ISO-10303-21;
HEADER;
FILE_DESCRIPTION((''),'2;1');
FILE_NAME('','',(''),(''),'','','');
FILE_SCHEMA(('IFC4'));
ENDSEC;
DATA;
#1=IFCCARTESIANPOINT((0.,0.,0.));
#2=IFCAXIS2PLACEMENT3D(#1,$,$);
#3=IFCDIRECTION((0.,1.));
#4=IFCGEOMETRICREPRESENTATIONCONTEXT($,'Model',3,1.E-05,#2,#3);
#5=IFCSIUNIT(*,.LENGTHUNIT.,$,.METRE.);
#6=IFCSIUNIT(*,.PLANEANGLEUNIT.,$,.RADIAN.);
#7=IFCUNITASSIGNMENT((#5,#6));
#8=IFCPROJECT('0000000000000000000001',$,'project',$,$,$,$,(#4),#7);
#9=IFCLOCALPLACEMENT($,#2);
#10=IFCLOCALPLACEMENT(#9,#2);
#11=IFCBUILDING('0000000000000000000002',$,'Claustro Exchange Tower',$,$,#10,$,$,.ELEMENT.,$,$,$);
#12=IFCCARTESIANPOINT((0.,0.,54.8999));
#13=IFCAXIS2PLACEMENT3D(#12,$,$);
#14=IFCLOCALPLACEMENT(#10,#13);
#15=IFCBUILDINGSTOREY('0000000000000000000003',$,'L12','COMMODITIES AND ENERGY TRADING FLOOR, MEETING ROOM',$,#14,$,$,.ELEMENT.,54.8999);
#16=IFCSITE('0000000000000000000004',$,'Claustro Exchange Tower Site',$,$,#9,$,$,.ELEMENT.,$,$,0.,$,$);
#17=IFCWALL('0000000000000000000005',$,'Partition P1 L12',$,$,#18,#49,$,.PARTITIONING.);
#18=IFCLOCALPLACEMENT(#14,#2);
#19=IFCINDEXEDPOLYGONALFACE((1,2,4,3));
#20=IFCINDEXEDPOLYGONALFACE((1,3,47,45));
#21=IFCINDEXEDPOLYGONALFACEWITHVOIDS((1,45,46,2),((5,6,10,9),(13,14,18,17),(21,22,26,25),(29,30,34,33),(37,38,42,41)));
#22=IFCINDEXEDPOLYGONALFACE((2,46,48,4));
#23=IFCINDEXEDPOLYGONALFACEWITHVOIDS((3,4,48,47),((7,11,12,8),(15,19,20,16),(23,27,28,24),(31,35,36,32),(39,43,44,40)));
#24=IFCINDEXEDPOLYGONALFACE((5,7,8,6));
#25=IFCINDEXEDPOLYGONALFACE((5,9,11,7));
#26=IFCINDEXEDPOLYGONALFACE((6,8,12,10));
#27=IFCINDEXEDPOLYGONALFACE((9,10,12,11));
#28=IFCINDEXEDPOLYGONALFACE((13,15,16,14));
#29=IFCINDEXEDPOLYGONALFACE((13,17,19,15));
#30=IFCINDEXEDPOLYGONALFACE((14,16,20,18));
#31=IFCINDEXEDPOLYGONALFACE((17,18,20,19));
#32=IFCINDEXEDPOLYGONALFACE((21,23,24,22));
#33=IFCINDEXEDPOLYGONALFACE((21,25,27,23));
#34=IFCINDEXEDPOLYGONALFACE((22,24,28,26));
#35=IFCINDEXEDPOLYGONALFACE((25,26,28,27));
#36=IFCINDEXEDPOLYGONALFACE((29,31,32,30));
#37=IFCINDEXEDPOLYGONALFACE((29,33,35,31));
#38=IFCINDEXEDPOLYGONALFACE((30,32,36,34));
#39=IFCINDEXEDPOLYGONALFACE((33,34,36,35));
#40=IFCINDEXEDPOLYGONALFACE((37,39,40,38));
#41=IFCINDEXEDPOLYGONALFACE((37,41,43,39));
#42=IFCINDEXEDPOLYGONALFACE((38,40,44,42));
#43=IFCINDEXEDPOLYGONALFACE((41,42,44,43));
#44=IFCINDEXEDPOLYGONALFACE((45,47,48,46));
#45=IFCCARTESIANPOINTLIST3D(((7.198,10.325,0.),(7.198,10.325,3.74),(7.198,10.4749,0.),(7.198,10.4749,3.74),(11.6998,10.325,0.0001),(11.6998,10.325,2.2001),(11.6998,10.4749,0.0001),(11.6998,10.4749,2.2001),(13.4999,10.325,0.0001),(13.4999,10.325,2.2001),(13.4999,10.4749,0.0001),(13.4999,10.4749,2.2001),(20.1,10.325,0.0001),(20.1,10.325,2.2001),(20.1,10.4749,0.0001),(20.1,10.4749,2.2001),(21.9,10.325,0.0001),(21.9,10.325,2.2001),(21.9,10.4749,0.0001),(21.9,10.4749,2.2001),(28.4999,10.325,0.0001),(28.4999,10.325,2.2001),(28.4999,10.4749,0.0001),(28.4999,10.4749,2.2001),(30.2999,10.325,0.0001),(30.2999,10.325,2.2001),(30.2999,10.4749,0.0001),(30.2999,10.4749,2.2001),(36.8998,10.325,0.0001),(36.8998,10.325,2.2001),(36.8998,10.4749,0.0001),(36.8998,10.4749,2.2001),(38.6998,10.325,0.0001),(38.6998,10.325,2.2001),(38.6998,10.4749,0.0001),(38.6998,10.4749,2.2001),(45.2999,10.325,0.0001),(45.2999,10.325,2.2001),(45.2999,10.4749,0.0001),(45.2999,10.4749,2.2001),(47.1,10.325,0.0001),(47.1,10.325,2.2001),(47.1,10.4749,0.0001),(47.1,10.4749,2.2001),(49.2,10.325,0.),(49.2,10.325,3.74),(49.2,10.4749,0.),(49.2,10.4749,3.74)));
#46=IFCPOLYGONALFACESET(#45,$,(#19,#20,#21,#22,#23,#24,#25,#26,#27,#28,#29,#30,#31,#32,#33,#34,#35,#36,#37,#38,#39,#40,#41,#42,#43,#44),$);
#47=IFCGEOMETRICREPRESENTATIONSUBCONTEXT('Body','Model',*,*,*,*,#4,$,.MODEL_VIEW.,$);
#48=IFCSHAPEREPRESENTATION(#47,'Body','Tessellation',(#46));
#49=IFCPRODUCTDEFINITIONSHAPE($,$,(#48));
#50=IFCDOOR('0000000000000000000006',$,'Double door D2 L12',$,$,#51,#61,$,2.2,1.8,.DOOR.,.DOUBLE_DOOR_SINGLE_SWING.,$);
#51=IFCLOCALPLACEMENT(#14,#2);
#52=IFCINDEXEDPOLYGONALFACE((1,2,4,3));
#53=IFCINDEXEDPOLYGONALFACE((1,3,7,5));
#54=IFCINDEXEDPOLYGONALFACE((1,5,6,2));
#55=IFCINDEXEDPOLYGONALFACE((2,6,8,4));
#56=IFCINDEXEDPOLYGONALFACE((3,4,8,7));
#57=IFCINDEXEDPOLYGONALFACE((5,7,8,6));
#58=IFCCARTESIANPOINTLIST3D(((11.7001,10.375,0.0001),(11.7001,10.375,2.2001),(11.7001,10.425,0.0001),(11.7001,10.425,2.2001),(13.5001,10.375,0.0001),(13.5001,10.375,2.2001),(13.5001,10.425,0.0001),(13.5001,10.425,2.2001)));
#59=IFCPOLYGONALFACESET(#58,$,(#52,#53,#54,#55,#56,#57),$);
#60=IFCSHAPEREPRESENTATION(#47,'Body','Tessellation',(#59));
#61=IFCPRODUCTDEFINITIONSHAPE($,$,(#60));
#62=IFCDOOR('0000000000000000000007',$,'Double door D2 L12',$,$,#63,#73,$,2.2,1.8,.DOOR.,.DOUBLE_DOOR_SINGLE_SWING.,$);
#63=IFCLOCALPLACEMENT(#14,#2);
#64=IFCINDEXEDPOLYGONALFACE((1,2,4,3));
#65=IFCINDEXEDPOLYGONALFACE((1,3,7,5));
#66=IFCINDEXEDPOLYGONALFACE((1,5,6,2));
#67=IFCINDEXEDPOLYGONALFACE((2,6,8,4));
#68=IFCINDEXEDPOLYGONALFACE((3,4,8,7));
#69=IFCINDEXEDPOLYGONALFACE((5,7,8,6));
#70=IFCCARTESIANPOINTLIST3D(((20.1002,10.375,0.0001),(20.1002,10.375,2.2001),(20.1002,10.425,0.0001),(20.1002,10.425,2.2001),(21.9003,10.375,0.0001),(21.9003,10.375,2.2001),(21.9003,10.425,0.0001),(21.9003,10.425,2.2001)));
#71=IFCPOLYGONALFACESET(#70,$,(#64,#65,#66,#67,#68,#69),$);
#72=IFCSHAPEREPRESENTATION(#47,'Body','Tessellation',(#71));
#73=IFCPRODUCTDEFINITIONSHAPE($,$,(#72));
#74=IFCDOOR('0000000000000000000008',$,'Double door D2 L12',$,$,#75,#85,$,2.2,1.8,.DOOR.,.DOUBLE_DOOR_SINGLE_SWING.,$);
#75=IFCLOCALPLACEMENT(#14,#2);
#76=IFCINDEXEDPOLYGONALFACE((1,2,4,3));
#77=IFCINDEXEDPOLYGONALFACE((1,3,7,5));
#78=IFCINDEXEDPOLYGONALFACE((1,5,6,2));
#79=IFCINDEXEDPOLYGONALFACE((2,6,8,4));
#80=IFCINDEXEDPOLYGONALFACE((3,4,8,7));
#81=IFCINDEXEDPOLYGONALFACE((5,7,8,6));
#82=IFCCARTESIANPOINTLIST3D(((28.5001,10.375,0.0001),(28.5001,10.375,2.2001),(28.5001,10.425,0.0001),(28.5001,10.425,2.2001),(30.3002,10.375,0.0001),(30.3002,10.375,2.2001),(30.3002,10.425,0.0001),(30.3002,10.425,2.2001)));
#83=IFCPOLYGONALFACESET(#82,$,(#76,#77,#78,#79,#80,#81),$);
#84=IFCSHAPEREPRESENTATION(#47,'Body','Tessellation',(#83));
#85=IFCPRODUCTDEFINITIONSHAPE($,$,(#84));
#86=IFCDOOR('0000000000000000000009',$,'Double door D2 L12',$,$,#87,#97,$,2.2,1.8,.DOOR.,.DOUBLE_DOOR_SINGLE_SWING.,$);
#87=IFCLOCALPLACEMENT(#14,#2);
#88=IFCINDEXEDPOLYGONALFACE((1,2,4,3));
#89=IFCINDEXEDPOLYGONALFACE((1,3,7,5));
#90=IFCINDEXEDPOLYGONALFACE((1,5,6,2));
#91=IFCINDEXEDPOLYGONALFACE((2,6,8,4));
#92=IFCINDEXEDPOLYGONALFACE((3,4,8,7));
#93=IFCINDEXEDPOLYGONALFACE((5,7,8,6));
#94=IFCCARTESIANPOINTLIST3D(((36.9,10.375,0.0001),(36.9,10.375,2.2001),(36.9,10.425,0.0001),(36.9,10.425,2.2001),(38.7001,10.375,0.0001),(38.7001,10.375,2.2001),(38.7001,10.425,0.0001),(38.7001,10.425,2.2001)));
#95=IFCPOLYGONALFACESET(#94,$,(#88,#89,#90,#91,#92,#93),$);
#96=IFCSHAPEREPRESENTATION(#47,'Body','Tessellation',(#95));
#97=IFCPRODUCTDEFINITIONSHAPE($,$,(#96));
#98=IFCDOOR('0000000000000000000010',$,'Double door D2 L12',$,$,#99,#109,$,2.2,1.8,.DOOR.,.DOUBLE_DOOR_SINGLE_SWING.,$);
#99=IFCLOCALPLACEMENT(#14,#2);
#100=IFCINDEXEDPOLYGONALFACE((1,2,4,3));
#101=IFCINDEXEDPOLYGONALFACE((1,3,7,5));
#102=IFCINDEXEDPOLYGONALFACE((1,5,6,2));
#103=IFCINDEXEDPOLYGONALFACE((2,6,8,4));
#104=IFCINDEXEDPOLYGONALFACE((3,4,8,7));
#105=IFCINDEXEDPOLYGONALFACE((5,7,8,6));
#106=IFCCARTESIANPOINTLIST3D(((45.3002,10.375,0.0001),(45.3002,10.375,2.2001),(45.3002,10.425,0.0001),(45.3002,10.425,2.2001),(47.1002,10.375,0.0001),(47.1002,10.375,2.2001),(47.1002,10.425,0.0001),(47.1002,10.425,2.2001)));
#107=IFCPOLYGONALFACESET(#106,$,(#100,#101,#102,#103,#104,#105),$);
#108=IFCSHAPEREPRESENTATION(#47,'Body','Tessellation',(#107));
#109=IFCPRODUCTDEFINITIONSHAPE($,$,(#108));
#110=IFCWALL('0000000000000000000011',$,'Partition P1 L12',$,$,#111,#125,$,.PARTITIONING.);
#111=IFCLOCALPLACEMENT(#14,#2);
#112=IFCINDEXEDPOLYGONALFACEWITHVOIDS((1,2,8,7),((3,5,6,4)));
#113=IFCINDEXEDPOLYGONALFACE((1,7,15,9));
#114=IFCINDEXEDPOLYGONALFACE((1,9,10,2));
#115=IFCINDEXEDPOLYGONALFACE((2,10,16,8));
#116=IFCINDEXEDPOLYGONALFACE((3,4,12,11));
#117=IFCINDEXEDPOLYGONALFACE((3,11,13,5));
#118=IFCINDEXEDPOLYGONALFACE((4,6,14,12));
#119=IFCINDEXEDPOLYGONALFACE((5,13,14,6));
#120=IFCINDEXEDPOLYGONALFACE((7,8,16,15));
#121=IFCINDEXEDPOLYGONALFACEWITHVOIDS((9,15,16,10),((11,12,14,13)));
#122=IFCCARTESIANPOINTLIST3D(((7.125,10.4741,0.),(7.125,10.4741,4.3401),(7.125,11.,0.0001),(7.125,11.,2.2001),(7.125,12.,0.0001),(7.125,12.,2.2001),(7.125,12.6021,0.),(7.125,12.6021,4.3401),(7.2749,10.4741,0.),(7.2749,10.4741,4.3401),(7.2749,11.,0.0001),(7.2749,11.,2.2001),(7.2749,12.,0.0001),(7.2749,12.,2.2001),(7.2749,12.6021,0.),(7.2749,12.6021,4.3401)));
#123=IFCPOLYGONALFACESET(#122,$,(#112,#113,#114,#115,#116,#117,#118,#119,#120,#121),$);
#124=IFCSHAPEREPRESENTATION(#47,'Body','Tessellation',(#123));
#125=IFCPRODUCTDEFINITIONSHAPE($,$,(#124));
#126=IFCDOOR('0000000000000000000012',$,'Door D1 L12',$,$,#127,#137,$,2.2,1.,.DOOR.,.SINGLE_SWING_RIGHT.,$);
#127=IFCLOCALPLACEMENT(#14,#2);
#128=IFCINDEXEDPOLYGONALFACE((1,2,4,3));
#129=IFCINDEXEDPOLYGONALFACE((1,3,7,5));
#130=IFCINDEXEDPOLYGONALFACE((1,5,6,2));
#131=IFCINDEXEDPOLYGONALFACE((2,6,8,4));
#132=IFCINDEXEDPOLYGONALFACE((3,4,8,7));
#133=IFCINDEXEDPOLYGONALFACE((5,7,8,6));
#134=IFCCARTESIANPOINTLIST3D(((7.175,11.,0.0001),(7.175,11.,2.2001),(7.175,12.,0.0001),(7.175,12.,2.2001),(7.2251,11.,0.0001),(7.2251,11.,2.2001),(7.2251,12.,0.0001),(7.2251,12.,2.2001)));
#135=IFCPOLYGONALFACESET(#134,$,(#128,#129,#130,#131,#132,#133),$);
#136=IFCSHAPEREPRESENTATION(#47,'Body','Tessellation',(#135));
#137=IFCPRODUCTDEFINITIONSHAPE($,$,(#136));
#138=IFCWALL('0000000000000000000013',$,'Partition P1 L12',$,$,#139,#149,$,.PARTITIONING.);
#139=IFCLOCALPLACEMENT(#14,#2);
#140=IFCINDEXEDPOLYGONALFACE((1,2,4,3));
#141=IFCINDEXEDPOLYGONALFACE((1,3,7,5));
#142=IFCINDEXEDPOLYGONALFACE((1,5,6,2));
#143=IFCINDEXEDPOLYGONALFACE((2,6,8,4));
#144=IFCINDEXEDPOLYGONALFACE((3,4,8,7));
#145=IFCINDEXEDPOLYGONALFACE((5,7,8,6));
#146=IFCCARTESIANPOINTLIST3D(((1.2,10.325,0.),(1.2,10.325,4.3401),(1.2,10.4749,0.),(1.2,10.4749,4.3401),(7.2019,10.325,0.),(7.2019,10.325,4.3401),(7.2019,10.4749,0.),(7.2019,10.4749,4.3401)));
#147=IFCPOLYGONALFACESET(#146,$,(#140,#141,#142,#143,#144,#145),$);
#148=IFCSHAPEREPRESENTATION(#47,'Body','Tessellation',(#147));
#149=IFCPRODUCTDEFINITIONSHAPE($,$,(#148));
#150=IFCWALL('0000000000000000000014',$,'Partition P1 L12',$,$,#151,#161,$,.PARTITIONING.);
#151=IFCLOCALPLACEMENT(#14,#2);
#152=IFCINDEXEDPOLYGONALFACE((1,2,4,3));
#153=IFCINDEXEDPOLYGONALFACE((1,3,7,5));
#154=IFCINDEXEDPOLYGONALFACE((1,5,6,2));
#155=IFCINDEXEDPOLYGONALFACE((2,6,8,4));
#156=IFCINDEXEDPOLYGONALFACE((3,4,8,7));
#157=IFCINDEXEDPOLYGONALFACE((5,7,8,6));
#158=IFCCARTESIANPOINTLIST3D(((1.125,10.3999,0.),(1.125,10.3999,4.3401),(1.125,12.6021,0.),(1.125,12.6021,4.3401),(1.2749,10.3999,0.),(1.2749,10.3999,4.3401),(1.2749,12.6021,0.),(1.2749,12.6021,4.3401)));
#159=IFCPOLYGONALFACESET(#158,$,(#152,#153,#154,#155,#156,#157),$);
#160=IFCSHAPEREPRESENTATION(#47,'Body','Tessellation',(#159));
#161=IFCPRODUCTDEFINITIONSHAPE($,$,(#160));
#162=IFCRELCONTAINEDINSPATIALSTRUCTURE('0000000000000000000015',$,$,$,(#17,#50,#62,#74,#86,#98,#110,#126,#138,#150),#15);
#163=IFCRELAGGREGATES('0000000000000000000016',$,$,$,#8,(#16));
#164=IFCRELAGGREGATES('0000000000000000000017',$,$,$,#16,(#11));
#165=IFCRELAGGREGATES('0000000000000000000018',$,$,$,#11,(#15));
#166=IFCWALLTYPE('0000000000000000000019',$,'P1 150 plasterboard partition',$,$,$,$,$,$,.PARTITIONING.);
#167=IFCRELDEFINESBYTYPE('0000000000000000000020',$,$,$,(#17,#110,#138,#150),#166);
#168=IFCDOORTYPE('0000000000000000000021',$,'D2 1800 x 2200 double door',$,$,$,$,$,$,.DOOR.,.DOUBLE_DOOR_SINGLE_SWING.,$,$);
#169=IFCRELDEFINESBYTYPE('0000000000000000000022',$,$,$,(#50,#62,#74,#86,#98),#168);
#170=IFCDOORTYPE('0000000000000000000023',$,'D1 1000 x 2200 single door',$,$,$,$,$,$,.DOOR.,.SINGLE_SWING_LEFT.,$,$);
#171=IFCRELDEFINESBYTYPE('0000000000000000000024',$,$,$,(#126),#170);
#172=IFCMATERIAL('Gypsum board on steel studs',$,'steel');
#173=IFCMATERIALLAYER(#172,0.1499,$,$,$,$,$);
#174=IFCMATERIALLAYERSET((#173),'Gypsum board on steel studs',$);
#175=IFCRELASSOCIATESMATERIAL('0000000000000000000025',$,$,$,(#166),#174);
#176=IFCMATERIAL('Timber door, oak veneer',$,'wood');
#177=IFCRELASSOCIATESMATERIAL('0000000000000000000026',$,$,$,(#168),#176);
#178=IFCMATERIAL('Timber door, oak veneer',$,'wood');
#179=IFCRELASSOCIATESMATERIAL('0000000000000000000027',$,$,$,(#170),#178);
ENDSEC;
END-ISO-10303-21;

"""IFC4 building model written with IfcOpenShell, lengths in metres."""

from ifc_helpers import new_model, si_unit, direction, frame, frame_2d, origin, place, context, subcontext, project, spatial, rectangle, extrude, material, layer, layer_set, type_object, element, fill, save


model = new_model("IFC4")

# Units and contexts
model_context = context("Model", 3, precision=1e-05, world=origin(), true_north=direction((0.0, 1.0)))
body_context = subcontext(model_context, "Body", "Model", "MODEL_VIEW")
ifc_project = project(units=[si_unit("LENGTHUNIT", "METRE"), si_unit("PLANEANGLEUNIT", "RADIAN")], contexts=[model_context])

# Site, building, storey
site_placement = place(None, origin())
site = spatial("IfcSite", under=ifc_project, at=site_placement, Name="Claustro Exchange Tower Site", CompositionType="ELEMENT", RefElevation=0.0)
building_placement = place(site_placement, origin())
building = spatial("IfcBuilding", under=site, at=building_placement, Name="Claustro Exchange Tower", CompositionType="ELEMENT")
storey_placement = place(building_placement, frame((0.0, 0.0, 54.8999)))
storey = spatial("IfcBuildingStorey", under=building, at=storey_placement, Name="L12", Description="COMMODITIES AND ENERGY TRADING FLOOR, MEETING ROOM", CompositionType="ELEMENT", Elevation=54.8999)

# Wall, openings, doors
ifc_material_1 = material(Name="Gypsum board on steel studs", Category="steel")
ifc_layer_1 = layer(ifc_material_1, 0.1499)
ifc_layer_set_1 = layer_set([ifc_layer_1], Name="Gypsum board on steel studs")
wall_type_1 = type_object("IfcWallType", Name="P1 150 plasterboard partition", PredefinedType="PARTITIONING", material=ifc_layer_set_1)
wall_1_placement = place(storey_placement, frame((7.198, 10.3999, 0.0), z_axis=(0.0, 0.0, 1.0), x_axis=(1.0, 0.0, 0.0)))
wall_1 = element("IfcWall", 1, at=wall_1_placement, inside=storey, type_object=wall_type_1, Name="Partition P1 L12", PredefinedType="PARTITIONING", context=body_context, shape_type="SweptSolid", body=[
    extrude(rectangle(XDim=42.002, YDim=0.1499, at=frame_2d((21.001, 0.0))), origin(), (0.0, 0.0, 1.0), 3.74),
])
opening_1_placement = place(wall_1_placement, frame((4.502, 0.0, 0.0)))
opening_1 = element("IfcOpeningElement", 2, at=opening_1_placement, cuts=wall_1, PredefinedType="OPENING", context=body_context, shape_type="SweptSolid", body=[
    extrude(rectangle(XDim=1.8, YDim=2.2, at=frame_2d((0.8999, 1.1001))), frame((0.0, 0.085, 0.0), z_axis=(0.0, -1.0, 0.0), x_axis=(1.0, 0.0, 0.0)), (0.0, 0.0, 1.0), 0.1699),
])
opening_2_placement = place(wall_1_placement, frame((12.9021, 0.0, 0.0)))
opening_2 = element("IfcOpeningElement", 3, at=opening_2_placement, cuts=wall_1, PredefinedType="OPENING", context=body_context, shape_type="SweptSolid", body=[
    extrude(rectangle(XDim=1.8, YDim=2.2, at=frame_2d((0.8999, 1.1001))), frame((0.0, 0.085, 0.0), z_axis=(0.0, -1.0, 0.0), x_axis=(1.0, 0.0, 0.0)), (0.0, 0.0, 1.0), 0.1699),
])
opening_3_placement = place(wall_1_placement, frame((21.302, 0.0, 0.0)))
opening_3 = element("IfcOpeningElement", 4, at=opening_3_placement, cuts=wall_1, PredefinedType="OPENING", context=body_context, shape_type="SweptSolid", body=[
    extrude(rectangle(XDim=1.8, YDim=2.2, at=frame_2d((0.8999, 1.1001))), frame((0.0, 0.085, 0.0), z_axis=(0.0, -1.0, 0.0), x_axis=(1.0, 0.0, 0.0)), (0.0, 0.0, 1.0), 0.1699),
])
opening_4_placement = place(wall_1_placement, frame((29.7019, 0.0, 0.0)))
opening_4 = element("IfcOpeningElement", 5, at=opening_4_placement, cuts=wall_1, PredefinedType="OPENING", context=body_context, shape_type="SweptSolid", body=[
    extrude(rectangle(XDim=1.8, YDim=2.2, at=frame_2d((0.8999, 1.1001))), frame((0.0, 0.085, 0.0), z_axis=(0.0, -1.0, 0.0), x_axis=(1.0, 0.0, 0.0)), (0.0, 0.0, 1.0), 0.1699),
])
opening_5_placement = place(wall_1_placement, frame((38.1021, 0.0, 0.0)))
opening_5 = element("IfcOpeningElement", 6, at=opening_5_placement, cuts=wall_1, PredefinedType="OPENING", context=body_context, shape_type="SweptSolid", body=[
    extrude(rectangle(XDim=1.8, YDim=2.2, at=frame_2d((0.8999, 1.1001))), frame((0.0, 0.085, 0.0), z_axis=(0.0, -1.0, 0.0), x_axis=(1.0, 0.0, 0.0)), (0.0, 0.0, 1.0), 0.1699),
])
ifc_material_2 = material(Name="Timber door, oak veneer", Category="wood")
door_type_1 = type_object("IfcDoorType", Name="D2 1800 x 2200 double door", OperationType="DOUBLE_DOOR_SINGLE_SWING", PredefinedType="DOOR", material=ifc_material_2)
door_1_placement = place(opening_1_placement, frame((1.8, 0.0, 0.0), z_axis=(0.0, 0.0, 1.0), x_axis=(-1.0, 0.0, 0.0)))
door_1 = element("IfcDoor", 7, at=door_1_placement, inside=storey, type_object=door_type_1, Name="Double door D2 L12", OperationType="DOUBLE_DOOR_SINGLE_SWING", OverallHeight=2.2, OverallWidth=1.8, PredefinedType="DOOR", context=body_context, shape_type="SweptSolid", body=[
    extrude(rectangle(XDim=1.8, YDim=2.2, at=frame_2d((0.8999, 1.1001))), frame((0.0, 0.0249, 0.0), z_axis=(0.0, -1.0, 0.0), x_axis=(1.0, 0.0, 0.0)), (0.0, 0.0, 1.0), 0.05),
])
fill(opening_1, door_1)
door_2_placement = place(opening_2_placement, frame((1.8, 0.0, 0.0), z_axis=(0.0, 0.0, 1.0), x_axis=(-1.0, 0.0, 0.0)))
door_2 = element("IfcDoor", 8, at=door_2_placement, inside=storey, type_object=door_type_1, Name="Double door D2 L12", OperationType="DOUBLE_DOOR_SINGLE_SWING", OverallHeight=2.2, OverallWidth=1.8, PredefinedType="DOOR", context=body_context, shape_type="SweptSolid", body=[
    extrude(rectangle(XDim=1.8, YDim=2.2, at=frame_2d((0.8999, 1.1001))), frame((0.0, 0.0249, 0.0), z_axis=(0.0, -1.0, 0.0), x_axis=(1.0, 0.0, 0.0)), (0.0, 0.0, 1.0), 0.05),
])
fill(opening_2, door_2)
door_3_placement = place(opening_3_placement, frame((1.8, 0.0, 0.0), z_axis=(0.0, 0.0, 1.0), x_axis=(-1.0, 0.0, 0.0)))
door_3 = element("IfcDoor", 9, at=door_3_placement, inside=storey, type_object=door_type_1, Name="Double door D2 L12", OperationType="DOUBLE_DOOR_SINGLE_SWING", OverallHeight=2.2, OverallWidth=1.8, PredefinedType="DOOR", context=body_context, shape_type="SweptSolid", body=[
    extrude(rectangle(XDim=1.8, YDim=2.2, at=frame_2d((0.8999, 1.1001))), frame((0.0, 0.0249, 0.0), z_axis=(0.0, -1.0, 0.0), x_axis=(1.0, 0.0, 0.0)), (0.0, 0.0, 1.0), 0.05),
])
fill(opening_3, door_3)
door_4_placement = place(opening_4_placement, frame((1.8, 0.0, 0.0), z_axis=(0.0, 0.0, 1.0), x_axis=(-1.0, 0.0, 0.0)))
door_4 = element("IfcDoor", 10, at=door_4_placement, inside=storey, type_object=door_type_1, Name="Double door D2 L12", OperationType="DOUBLE_DOOR_SINGLE_SWING", OverallHeight=2.2, OverallWidth=1.8, PredefinedType="DOOR", context=body_context, shape_type="SweptSolid", body=[
    extrude(rectangle(XDim=1.8, YDim=2.2, at=frame_2d((0.8999, 1.1001))), frame((0.0, 0.0249, 0.0), z_axis=(0.0, -1.0, 0.0), x_axis=(1.0, 0.0, 0.0)), (0.0, 0.0, 1.0), 0.05),
])
fill(opening_4, door_4)
door_5_placement = place(opening_5_placement, frame((1.8, 0.0, 0.0), z_axis=(0.0, 0.0, 1.0), x_axis=(-1.0, 0.0, 0.0)))
door_5 = element("IfcDoor", 11, at=door_5_placement, inside=storey, type_object=door_type_1, Name="Double door D2 L12", OperationType="DOUBLE_DOOR_SINGLE_SWING", OverallHeight=2.2, OverallWidth=1.8, PredefinedType="DOOR", context=body_context, shape_type="SweptSolid", body=[
    extrude(rectangle(XDim=1.8, YDim=2.2, at=frame_2d((0.8999, 1.1001))), frame((0.0, 0.0249, 0.0), z_axis=(0.0, -1.0, 0.0), x_axis=(1.0, 0.0, 0.0)), (0.0, 0.0, 1.0), 0.05),
])
fill(opening_5, door_5)

# Wall, opening, door
wall_2_placement = place(storey_placement, frame((7.2, 10.4741, 0.0), z_axis=(0.0, 0.0, 1.0), x_axis=(0.0, 1.0, 0.0)))
wall_2 = element("IfcWall", 12, at=wall_2_placement, inside=storey, type_object=wall_type_1, Name="Partition P1 L12", PredefinedType="PARTITIONING", context=body_context, shape_type="SweptSolid", body=[
    extrude(rectangle(XDim=2.1279, YDim=0.1499, at=frame_2d((1.064, 0.0))), origin(), (0.0, 0.0, 1.0), 4.3401),
])
opening_6_placement = place(wall_2_placement, frame((0.5259, 0.0, 0.0)))
opening_6 = element("IfcOpeningElement", 13, at=opening_6_placement, cuts=wall_2, PredefinedType="OPENING", context=body_context, shape_type="SweptSolid", body=[
    extrude(rectangle(XDim=1.0, YDim=2.2, at=frame_2d((0.5, 1.1001))), frame((0.0, 0.085, 0.0), z_axis=(0.0, -1.0, 0.0), x_axis=(1.0, 0.0, 0.0)), (0.0, 0.0, 1.0), 0.1699),
])
ifc_material_3 = material(Name="Timber door, oak veneer", Category="wood")
door_type_2 = type_object("IfcDoorType", Name="D1 1000 x 2200 single door", OperationType="SINGLE_SWING_LEFT", PredefinedType="DOOR", material=ifc_material_3)
door_6_placement = place(opening_6_placement, origin())
door_6 = element("IfcDoor", 14, at=door_6_placement, inside=storey, type_object=door_type_2, Name="Door D1 L12", OperationType="SINGLE_SWING_RIGHT", OverallHeight=2.2, OverallWidth=1.0, PredefinedType="DOOR", context=body_context, shape_type="SweptSolid", body=[
    extrude(rectangle(XDim=1.0, YDim=2.2, at=frame_2d((0.5, 1.1001))), frame((0.0, 0.0249, 0.0), z_axis=(0.0, -1.0, 0.0), x_axis=(1.0, 0.0, 0.0)), (0.0, 0.0, 1.0), 0.05),
])
fill(opening_6, door_6)

# Walls
wall_3_placement = place(storey_placement, frame((1.2, 10.3999, 0.0), z_axis=(0.0, 0.0, 1.0), x_axis=(1.0, 0.0, 0.0)))
element("IfcWall", 15, at=wall_3_placement, inside=storey, type_object=wall_type_1, Name="Partition P1 L12", PredefinedType="PARTITIONING", context=body_context, shape_type="SweptSolid", body=[
    extrude(rectangle(XDim=6.002, YDim=0.1499, at=frame_2d((3.001, 0.0))), origin(), (0.0, 0.0, 1.0), 4.3401),
])
wall_4_placement = place(storey_placement, frame((1.2, 10.3999, 0.0), z_axis=(0.0, 0.0, 1.0), x_axis=(0.0, 1.0, 0.0)))
element("IfcWall", 16, at=wall_4_placement, inside=storey, type_object=wall_type_1, Name="Partition P1 L12", PredefinedType="PARTITIONING", context=body_context, shape_type="SweptSolid", body=[
    extrude(rectangle(XDim=2.2021, YDim=0.1499, at=frame_2d((1.1011, 0.0))), origin(), (0.0, 0.0, 1.0), 4.3401),
])

save(model, "model.ifc")
